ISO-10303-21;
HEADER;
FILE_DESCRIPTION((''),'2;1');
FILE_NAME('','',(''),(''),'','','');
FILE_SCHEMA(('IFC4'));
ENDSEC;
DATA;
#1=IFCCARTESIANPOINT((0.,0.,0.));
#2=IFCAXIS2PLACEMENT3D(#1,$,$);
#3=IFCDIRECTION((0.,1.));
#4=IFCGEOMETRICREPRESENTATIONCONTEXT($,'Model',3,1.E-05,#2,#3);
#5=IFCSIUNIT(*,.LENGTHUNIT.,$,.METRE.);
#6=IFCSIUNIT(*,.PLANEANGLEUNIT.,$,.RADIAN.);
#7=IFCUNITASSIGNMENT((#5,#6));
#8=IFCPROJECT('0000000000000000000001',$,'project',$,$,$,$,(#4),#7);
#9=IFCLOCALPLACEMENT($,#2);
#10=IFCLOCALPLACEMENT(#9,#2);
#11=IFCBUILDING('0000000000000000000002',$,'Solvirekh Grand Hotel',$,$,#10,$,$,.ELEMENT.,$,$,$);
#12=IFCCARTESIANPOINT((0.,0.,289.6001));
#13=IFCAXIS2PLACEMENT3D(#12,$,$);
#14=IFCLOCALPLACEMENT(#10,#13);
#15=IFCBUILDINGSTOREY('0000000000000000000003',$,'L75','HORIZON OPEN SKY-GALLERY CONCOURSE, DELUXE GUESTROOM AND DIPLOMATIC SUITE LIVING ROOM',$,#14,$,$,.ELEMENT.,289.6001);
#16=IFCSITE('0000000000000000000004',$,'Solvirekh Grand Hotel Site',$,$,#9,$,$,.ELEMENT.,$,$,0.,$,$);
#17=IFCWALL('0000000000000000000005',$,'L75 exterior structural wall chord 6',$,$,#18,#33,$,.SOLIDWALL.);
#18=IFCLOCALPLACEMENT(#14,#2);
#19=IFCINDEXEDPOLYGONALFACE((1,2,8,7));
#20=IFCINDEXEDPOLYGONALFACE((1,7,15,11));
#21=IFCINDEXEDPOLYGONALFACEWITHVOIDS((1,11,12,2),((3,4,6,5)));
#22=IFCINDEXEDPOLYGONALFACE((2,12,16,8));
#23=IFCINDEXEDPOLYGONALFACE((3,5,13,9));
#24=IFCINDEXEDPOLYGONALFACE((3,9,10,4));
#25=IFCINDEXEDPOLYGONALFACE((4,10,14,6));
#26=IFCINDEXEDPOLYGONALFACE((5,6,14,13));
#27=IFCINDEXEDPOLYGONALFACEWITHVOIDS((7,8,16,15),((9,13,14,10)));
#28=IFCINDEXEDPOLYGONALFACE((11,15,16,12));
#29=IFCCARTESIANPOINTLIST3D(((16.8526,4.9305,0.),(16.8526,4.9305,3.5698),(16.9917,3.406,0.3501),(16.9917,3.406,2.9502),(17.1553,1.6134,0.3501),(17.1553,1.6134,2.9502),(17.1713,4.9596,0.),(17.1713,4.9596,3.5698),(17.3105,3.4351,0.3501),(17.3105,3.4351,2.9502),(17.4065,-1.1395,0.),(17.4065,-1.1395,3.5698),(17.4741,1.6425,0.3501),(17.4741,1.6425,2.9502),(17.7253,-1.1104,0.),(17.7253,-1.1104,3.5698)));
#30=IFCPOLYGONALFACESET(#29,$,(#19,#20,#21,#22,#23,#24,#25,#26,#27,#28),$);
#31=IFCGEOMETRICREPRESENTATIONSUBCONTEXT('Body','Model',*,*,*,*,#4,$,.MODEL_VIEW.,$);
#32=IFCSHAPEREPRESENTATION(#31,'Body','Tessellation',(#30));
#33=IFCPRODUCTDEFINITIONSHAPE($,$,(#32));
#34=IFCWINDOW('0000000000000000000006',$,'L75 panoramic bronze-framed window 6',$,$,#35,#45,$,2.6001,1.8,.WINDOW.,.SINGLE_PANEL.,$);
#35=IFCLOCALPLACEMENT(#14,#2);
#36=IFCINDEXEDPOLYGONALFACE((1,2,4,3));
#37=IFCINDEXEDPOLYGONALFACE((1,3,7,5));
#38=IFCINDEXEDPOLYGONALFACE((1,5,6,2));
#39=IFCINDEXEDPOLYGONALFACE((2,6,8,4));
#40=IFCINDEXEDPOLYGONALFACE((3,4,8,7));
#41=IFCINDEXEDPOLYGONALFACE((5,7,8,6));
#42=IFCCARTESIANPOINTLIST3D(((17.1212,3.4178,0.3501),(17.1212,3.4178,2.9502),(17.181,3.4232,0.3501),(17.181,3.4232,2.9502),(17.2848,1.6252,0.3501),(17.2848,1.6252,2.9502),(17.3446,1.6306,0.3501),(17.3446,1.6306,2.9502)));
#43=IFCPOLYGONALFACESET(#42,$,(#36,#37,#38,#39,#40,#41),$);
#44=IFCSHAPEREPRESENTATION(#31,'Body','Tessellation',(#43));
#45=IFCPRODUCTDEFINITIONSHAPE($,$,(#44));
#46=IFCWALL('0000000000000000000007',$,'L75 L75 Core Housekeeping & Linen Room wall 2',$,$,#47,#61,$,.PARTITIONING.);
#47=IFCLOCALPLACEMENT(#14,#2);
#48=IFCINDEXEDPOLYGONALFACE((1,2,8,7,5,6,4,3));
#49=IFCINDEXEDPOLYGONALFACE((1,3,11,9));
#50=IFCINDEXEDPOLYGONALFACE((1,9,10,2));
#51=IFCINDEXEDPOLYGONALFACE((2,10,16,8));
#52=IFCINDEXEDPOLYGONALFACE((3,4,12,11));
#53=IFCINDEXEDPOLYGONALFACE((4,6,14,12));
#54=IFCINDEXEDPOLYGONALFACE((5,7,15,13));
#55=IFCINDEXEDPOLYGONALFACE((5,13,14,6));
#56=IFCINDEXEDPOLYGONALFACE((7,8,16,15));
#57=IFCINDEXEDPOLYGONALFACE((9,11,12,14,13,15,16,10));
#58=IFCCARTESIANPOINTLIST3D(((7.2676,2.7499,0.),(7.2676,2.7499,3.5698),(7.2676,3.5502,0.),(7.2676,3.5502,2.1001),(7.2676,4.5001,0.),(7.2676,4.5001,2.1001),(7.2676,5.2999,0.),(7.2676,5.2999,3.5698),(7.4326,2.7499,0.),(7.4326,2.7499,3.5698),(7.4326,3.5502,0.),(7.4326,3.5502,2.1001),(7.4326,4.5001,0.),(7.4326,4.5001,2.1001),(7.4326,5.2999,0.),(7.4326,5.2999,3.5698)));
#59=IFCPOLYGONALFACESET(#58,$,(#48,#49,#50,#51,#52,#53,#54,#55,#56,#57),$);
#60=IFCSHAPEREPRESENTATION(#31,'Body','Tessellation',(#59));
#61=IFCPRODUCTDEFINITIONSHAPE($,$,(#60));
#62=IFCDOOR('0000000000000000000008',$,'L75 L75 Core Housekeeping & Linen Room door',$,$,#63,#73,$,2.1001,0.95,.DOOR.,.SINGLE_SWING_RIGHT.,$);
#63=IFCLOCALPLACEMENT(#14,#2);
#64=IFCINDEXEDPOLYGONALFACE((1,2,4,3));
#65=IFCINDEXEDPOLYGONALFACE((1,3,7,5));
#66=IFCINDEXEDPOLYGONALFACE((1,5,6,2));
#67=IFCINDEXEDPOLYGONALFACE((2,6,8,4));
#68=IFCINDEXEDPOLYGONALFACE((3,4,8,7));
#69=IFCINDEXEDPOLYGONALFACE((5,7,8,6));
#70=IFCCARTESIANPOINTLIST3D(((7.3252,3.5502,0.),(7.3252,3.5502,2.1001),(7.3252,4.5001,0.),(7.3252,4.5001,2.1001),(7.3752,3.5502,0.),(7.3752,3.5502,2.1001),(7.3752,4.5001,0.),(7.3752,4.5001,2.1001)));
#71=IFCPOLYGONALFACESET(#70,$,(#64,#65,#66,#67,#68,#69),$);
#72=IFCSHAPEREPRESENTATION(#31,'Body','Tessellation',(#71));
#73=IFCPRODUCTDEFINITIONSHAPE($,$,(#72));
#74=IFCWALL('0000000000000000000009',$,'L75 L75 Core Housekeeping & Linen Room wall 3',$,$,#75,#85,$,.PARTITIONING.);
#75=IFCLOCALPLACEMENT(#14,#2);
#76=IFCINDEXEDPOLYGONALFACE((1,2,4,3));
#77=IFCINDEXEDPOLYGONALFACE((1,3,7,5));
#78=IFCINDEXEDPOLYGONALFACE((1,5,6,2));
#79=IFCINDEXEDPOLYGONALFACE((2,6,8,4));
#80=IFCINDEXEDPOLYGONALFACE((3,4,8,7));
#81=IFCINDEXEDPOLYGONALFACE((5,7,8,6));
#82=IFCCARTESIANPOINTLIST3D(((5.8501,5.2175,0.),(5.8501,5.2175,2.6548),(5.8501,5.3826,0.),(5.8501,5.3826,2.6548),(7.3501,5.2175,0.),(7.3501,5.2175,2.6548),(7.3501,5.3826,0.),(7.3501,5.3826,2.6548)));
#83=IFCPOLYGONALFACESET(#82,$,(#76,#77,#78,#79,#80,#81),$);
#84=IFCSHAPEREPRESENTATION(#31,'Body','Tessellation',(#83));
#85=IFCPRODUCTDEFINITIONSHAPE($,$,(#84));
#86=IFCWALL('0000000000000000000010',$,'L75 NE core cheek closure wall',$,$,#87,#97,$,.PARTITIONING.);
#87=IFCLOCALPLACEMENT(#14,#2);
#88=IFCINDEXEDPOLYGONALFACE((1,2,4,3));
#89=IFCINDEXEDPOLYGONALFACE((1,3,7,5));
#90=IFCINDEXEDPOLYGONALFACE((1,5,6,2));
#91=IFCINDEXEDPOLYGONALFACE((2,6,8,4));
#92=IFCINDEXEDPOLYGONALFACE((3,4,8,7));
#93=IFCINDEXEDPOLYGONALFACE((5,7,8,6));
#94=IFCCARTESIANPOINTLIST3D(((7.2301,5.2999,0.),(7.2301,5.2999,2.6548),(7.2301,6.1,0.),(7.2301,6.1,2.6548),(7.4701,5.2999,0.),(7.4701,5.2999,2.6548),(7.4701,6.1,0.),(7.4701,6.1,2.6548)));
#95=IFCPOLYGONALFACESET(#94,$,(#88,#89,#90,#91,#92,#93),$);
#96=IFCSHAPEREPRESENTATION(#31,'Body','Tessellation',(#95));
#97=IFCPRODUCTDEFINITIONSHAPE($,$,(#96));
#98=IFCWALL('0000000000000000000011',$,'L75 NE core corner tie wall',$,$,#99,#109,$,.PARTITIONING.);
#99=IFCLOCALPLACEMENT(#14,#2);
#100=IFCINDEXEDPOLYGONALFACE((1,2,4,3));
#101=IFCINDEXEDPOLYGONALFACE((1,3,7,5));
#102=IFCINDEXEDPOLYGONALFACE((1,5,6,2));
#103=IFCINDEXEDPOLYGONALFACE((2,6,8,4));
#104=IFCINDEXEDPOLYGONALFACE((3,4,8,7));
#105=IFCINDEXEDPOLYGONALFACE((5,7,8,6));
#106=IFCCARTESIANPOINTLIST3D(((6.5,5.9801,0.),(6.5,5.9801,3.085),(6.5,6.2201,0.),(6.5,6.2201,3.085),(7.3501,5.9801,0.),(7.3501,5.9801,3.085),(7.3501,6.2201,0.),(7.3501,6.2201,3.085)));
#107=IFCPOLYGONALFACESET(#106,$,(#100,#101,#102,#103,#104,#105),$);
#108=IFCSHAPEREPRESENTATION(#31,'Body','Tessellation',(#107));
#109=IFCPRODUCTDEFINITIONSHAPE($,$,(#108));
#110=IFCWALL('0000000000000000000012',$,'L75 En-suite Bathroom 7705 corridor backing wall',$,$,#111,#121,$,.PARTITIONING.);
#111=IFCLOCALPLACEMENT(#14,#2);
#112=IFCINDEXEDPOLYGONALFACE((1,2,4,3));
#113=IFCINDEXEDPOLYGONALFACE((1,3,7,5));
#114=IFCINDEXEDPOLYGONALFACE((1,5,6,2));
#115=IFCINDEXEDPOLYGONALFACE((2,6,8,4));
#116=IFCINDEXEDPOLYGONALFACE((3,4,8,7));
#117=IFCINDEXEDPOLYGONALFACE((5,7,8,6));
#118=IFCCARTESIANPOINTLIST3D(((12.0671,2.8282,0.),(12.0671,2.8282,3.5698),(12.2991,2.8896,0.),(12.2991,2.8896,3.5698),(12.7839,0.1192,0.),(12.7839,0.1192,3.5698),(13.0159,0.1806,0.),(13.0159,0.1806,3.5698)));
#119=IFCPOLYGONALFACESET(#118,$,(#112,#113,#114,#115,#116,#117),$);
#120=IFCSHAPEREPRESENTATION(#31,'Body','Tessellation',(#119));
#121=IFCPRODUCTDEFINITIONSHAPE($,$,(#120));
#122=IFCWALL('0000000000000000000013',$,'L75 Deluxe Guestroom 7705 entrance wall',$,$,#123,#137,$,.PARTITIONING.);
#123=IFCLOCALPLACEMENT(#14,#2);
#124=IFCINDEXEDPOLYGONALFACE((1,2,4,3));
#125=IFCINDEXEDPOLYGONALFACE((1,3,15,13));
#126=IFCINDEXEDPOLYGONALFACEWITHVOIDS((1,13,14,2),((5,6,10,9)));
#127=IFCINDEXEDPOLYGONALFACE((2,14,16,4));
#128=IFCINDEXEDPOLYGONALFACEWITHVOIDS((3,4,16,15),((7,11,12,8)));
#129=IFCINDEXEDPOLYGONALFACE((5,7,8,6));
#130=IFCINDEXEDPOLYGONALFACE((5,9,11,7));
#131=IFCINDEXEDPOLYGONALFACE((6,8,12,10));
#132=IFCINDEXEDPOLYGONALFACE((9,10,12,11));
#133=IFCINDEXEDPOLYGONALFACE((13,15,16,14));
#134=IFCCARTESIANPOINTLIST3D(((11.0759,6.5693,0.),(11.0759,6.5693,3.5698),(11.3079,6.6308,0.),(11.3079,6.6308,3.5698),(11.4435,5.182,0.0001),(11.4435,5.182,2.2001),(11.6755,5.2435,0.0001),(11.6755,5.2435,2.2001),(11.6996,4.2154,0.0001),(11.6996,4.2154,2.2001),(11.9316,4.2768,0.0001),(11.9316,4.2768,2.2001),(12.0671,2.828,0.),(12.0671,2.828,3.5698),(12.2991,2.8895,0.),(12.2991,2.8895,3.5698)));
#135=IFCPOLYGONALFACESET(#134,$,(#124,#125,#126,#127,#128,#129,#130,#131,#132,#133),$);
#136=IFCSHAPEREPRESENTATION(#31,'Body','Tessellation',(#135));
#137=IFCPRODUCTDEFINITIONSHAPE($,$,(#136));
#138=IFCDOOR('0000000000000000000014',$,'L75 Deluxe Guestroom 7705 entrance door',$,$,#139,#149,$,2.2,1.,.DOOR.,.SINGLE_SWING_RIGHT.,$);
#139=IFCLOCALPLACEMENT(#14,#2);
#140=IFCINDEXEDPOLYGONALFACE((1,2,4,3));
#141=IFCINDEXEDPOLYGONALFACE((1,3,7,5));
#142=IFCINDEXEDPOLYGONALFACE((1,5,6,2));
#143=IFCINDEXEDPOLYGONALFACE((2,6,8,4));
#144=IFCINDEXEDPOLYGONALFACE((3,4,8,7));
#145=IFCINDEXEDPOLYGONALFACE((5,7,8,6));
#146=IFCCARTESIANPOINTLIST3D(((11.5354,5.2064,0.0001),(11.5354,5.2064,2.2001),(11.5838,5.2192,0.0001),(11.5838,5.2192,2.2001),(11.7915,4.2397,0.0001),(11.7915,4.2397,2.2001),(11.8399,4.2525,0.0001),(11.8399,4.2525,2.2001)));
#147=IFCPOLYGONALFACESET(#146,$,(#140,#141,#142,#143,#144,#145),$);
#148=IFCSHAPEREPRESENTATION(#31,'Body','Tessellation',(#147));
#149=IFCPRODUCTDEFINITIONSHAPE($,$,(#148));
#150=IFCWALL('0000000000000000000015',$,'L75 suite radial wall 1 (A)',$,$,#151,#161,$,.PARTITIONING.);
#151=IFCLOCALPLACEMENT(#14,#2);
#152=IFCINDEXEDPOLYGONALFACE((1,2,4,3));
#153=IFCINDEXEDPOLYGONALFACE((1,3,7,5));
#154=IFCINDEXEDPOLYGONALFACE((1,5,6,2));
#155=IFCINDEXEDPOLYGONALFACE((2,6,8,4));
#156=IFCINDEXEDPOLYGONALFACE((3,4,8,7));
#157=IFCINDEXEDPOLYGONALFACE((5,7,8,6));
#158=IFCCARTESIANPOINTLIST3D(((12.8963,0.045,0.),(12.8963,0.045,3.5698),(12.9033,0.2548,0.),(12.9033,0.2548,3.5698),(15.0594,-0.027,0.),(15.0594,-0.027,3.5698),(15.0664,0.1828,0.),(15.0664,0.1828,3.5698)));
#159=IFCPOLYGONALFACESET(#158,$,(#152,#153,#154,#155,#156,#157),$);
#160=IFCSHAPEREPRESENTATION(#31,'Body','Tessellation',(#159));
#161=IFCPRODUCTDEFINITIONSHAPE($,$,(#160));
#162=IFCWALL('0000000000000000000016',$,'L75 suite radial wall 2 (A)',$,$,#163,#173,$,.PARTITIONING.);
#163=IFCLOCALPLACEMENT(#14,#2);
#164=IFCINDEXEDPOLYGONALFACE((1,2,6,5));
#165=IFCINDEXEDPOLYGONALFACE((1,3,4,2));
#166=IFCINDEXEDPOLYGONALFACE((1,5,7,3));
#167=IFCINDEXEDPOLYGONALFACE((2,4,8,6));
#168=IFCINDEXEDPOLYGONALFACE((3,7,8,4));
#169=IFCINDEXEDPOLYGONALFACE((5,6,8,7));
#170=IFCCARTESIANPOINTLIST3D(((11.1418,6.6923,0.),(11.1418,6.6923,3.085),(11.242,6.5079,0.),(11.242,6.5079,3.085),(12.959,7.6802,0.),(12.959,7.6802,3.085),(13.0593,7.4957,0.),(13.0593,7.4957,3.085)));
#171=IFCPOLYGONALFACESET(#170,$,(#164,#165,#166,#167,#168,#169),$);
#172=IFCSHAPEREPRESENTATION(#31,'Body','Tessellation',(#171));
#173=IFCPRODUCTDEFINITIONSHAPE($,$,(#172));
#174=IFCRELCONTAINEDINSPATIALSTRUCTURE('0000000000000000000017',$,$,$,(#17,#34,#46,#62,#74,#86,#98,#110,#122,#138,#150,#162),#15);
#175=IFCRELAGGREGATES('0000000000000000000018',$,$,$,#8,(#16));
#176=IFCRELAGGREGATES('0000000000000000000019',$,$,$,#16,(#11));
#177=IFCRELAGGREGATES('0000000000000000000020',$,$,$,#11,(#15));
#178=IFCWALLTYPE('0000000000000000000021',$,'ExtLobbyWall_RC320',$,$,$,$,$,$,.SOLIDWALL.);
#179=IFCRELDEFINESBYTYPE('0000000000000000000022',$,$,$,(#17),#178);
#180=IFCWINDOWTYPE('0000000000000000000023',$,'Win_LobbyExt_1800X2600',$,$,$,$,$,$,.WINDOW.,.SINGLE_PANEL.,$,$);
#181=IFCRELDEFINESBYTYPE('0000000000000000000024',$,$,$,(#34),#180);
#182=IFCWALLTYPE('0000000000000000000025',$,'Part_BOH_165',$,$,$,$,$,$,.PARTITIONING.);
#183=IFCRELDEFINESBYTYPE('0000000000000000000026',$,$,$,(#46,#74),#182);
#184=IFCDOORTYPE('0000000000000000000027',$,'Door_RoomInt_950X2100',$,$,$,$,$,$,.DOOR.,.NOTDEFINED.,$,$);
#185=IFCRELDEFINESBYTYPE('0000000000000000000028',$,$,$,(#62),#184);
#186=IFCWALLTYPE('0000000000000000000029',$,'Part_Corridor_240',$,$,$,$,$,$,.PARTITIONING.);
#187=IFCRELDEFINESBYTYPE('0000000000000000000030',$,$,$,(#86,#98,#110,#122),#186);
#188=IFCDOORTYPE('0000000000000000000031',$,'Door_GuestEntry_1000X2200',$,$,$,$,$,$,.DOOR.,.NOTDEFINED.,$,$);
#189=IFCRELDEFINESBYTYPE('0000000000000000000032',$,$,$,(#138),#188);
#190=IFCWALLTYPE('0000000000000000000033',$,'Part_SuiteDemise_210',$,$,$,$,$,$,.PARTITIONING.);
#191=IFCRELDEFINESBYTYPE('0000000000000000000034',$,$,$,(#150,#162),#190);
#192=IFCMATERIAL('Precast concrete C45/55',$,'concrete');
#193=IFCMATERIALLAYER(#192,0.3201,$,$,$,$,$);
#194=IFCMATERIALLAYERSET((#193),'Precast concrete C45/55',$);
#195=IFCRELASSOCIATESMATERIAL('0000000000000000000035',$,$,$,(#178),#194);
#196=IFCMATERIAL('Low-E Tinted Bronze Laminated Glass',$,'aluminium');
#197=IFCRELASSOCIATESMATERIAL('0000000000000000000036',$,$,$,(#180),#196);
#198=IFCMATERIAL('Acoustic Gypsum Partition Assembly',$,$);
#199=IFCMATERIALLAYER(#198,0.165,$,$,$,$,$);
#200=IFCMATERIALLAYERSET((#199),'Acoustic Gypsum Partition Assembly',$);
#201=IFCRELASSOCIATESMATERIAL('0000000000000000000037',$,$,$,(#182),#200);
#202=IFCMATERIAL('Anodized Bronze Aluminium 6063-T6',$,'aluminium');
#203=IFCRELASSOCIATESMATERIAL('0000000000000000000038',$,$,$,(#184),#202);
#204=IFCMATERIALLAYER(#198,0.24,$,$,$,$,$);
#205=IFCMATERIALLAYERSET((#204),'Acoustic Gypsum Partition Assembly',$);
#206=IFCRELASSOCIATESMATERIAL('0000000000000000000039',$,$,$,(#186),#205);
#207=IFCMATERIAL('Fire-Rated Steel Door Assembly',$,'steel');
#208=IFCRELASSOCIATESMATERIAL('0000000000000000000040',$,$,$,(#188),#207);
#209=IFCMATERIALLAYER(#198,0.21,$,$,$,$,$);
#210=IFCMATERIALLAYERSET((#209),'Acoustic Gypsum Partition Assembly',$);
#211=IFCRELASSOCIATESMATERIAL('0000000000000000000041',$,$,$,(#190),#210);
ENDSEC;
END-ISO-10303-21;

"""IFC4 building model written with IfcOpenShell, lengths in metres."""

from ifc_helpers import new_model, si_unit, direction, frame, frame_2d, origin, place, context, subcontext, project, spatial, rectangle, extrude, material, layer, layer_set, type_object, element, fill, save


model = new_model("IFC4")

# Units and contexts
model_context = context("Model", 3, precision=1e-05, world=origin(), true_north=direction((0.0, 1.0)))
body_context = subcontext(model_context, "Body", "Model", "MODEL_VIEW")
ifc_project = project(units=[si_unit("LENGTHUNIT", "METRE"), si_unit("PLANEANGLEUNIT", "RADIAN")], contexts=[model_context])

# Site, building, storey
site_placement = place(None, origin())
site = spatial("IfcSite", under=ifc_project, at=site_placement, Name="Solvirekh Grand Hotel Site", CompositionType="ELEMENT", RefElevation=0.0)
building_placement = place(site_placement, origin())
building = spatial("IfcBuilding", under=site, at=building_placement, Name="Solvirekh Grand Hotel", CompositionType="ELEMENT")
storey_placement = place(building_placement, frame((0.0, 0.0, 289.6001)))
storey = spatial("IfcBuildingStorey", under=building, at=storey_placement, Name="L75", Description="HORIZON OPEN SKY-GALLERY CONCOURSE, DELUXE GUESTROOM AND DIPLOMATIC SUITE LIVING ROOM", CompositionType="ELEMENT", Elevation=289.6001)

# Wall, opening, window
ifc_material_1 = material(Name="Precast concrete C45/55", Category="concrete")
ifc_layer_1 = layer(ifc_material_1, 0.3201)
ifc_layer_set_1 = layer_set([ifc_layer_1], Name="Precast concrete C45/55")
wall_type_1 = type_object("IfcWallType", Name="ExtLobbyWall_RC320", PredefinedType="SOLIDWALL", material=ifc_layer_set_1)
wall_1_placement = place(storey_placement, frame((17.012, 4.9451, 0.0), z_axis=(0.0, 0.0, 1.0), x_axis=(0.090882, -0.995862, 0.0)))
wall_1 = element("IfcWall", 1, at=wall_1_placement, inside=storey, type_object=wall_type_1, Name="L75 exterior structural wall chord 6", PredefinedType="SOLIDWALL", context=body_context, shape_type="SweptSolid", body=[
    extrude(rectangle(XDim=6.0952, YDim=0.3201, at=frame_2d((3.0476, 0.0))), origin(), (0.0, 0.0, 1.0), 3.5698),
])
opening_1_placement = place(wall_1_placement, frame((1.531, 0.0, 0.3501)))
opening_1 = element("IfcOpeningElement", 2, at=opening_1_placement, cuts=wall_1, PredefinedType="OPENING", context=body_context, shape_type="SweptSolid", body=[
    extrude(rectangle(XDim=1.8, YDim=2.6001, at=frame_2d((0.8999, 1.3))), frame((0.0, 0.1699, 0.0), z_axis=(0.0, -1.0, 0.0), x_axis=(1.0, 0.0, 0.0)), (0.0, 0.0, 1.0), 0.3401),
])
ifc_material_2 = material(Name="Low-E Tinted Bronze Laminated Glass", Category="aluminium")
window_type = type_object("IfcWindowType", Name="Win_LobbyExt_1800X2600", PartitioningType="SINGLE_PANEL", PredefinedType="WINDOW", material=ifc_material_2)
window_placement = place(opening_1_placement, origin())
window = element("IfcWindow", 3, at=window_placement, inside=storey, type_object=window_type, Name="L75 panoramic bronze-framed window 6", OverallHeight=2.6001, OverallWidth=1.8, PartitioningType="SINGLE_PANEL", PredefinedType="WINDOW", context=body_context, shape_type="SweptSolid", body=[
    extrude(rectangle(XDim=1.8, YDim=2.6001, at=frame_2d((0.8999, 1.3))), frame((0.0, 0.03, 0.0), z_axis=(0.0, -1.0, 0.0), x_axis=(1.0, 0.0, 0.0)), (0.0, 0.0, 1.0), 0.0601),
])
fill(opening_1, window)

# Wall, opening, door
ifc_material_3 = material(Name="Acoustic Gypsum Partition Assembly")
ifc_layer_2 = layer(ifc_material_3, 0.165)
ifc_layer_set_2 = layer_set([ifc_layer_2], Name="Acoustic Gypsum Partition Assembly")
wall_type_2 = type_object("IfcWallType", Name="Part_BOH_165", PredefinedType="PARTITIONING", material=ifc_layer_set_2)
wall_2_placement = place(storey_placement, frame((7.3501, 2.75, 0.0), z_axis=(0.0, 0.0, 1.0), x_axis=(0.0, 1.0, 0.0)))
wall_2 = element("IfcWall", 4, at=wall_2_placement, inside=storey, type_object=wall_type_2, Name="L75 L75 Core Housekeeping & Linen Room wall 2", PredefinedType="PARTITIONING", context=body_context, shape_type="SweptSolid", body=[
    extrude(rectangle(XDim=2.55, YDim=0.165, at=frame_2d((1.2749, 0.0))), origin(), (0.0, 0.0, 1.0), 3.5698),
])
opening_2_placement = place(wall_2_placement, frame((0.8, 0.0, 0.0)))
opening_2 = element("IfcOpeningElement", 5, at=opening_2_placement, cuts=wall_2, PredefinedType="OPENING", context=body_context, shape_type="SweptSolid", body=[
    extrude(rectangle(XDim=0.95, YDim=2.1001, at=frame_2d((0.4751, 1.05))), frame((0.0, 0.0925, 0.0), z_axis=(0.0, -1.0, 0.0), x_axis=(1.0, 0.0, 0.0)), (0.0, 0.0, 1.0), 0.1851),
])
ifc_material_4 = material(Name="Anodized Bronze Aluminium 6063-T6", Category="aluminium")
door_type_1 = type_object("IfcDoorType", Name="Door_RoomInt_950X2100", OperationType="NOTDEFINED", PredefinedType="DOOR", material=ifc_material_4)
door_1_placement = place(opening_2_placement, origin())
door_1 = element("IfcDoor", 6, at=door_1_placement, inside=storey, type_object=door_type_1, Name="L75 L75 Core Housekeeping & Linen Room door", OperationType="SINGLE_SWING_RIGHT", OverallHeight=2.1001, OverallWidth=0.95, PredefinedType="DOOR", context=body_context, shape_type="SweptSolid", body=[
    extrude(rectangle(XDim=0.95, YDim=2.1001, at=frame_2d((0.4751, 1.05))), frame((0.0, 0.0249, 0.0), z_axis=(0.0, -1.0, 0.0), x_axis=(1.0, 0.0, 0.0)), (0.0, 0.0, 1.0), 0.05),
])
fill(opening_2, door_1)

# Walls
wall_3_placement = place(storey_placement, frame((7.3501, 5.3, 0.0), z_axis=(0.0, 0.0, 1.0), x_axis=(-1.0, 0.0, 0.0)))
element("IfcWall", 7, at=wall_3_placement, inside=storey, type_object=wall_type_2, Name="L75 L75 Core Housekeeping & Linen Room wall 3", PredefinedType="PARTITIONING", context=body_context, shape_type="SweptSolid", body=[
    extrude(rectangle(XDim=1.5, YDim=0.165, at=frame_2d((0.75, 0.0))), origin(), (0.0, 0.0, 1.0), 2.6548),
])
ifc_layer_3 = layer(ifc_material_3, 0.24)
ifc_layer_set_3 = layer_set([ifc_layer_3], Name="Acoustic Gypsum Partition Assembly")
wall_type_3 = type_object("IfcWallType", Name="Part_Corridor_240", PredefinedType="PARTITIONING", material=ifc_layer_set_3)
wall_4_placement = place(storey_placement, frame((7.3501, 5.3, 0.0), z_axis=(0.0, 0.0, 1.0), x_axis=(0.0, 1.0, 0.0)))
element("IfcWall", 8, at=wall_4_placement, inside=storey, type_object=wall_type_3, Name="L75 NE core cheek closure wall", PredefinedType="PARTITIONING", context=body_context, shape_type="SweptSolid", body=[
    extrude(rectangle(XDim=0.8, YDim=0.24, at=frame_2d((0.3999, 0.0))), origin(), (0.0, 0.0, 1.0), 2.6548),
])
wall_5_placement = place(storey_placement, frame((6.5, 6.1001, 0.0), z_axis=(0.0, 0.0, 1.0), x_axis=(1.0, 0.0, 0.0)))
element("IfcWall", 9, at=wall_5_placement, inside=storey, type_object=wall_type_3, Name="L75 NE core corner tie wall", PredefinedType="PARTITIONING", context=body_context, shape_type="SweptSolid", body=[
    extrude(rectangle(XDim=0.8501, YDim=0.24, at=frame_2d((0.425, 0.0))), origin(), (0.0, 0.0, 1.0), 3.085),
])
wall_6_placement = place(storey_placement, frame((12.8999, 0.1499, 0.0), z_axis=(0.0, 0.0, 1.0), x_axis=(-0.255797, 0.966731, 0.0)))
element("IfcWall", 10, at=wall_6_placement, inside=storey, type_object=wall_type_3, Name="L75 En-suite Bathroom 7705 corridor backing wall", PredefinedType="PARTITIONING", context=body_context, shape_type="SweptSolid", body=[
    extrude(rectangle(XDim=2.8022, YDim=0.24, at=frame_2d((1.4011, 0.0))), origin(), (0.0, 0.0, 1.0), 3.5698),
])

# Wall, opening, door
wall_7_placement = place(storey_placement, frame((12.1831, 2.8589, 0.0), z_axis=(0.0, 0.0, 1.0), x_axis=(-0.256108, 0.966648, 0.0)))
wall_7 = element("IfcWall", 11, at=wall_7_placement, inside=storey, type_object=wall_type_3, Name="L75 Deluxe Guestroom 7705 entrance wall", PredefinedType="PARTITIONING", context=body_context, shape_type="SweptSolid", body=[
    extrude(rectangle(XDim=3.8704, YDim=0.24, at=frame_2d((1.9351, 0.0))), origin(), (0.0, 0.0, 1.0), 3.5698),
])
opening_3_placement = place(wall_7_placement, frame((1.4351, 0.0, 0.0)))
opening_3 = element("IfcOpeningElement", 12, at=opening_3_placement, cuts=wall_7, PredefinedType="OPENING", context=body_context, shape_type="SweptSolid", body=[
    extrude(rectangle(XDim=1.0, YDim=2.2, at=frame_2d((0.5, 1.1001))), frame((0.0, 0.1299, 0.0), z_axis=(0.0, -1.0, 0.0), x_axis=(1.0, 0.0, 0.0)), (0.0, 0.0, 1.0), 0.26),
])
ifc_material_5 = material(Name="Fire-Rated Steel Door Assembly", Category="steel")
door_type_2 = type_object("IfcDoorType", Name="Door_GuestEntry_1000X2200", OperationType="NOTDEFINED", PredefinedType="DOOR", material=ifc_material_5)
door_2_placement = place(opening_3_placement, origin())
door_2 = element("IfcDoor", 13, at=door_2_placement, inside=storey, type_object=door_type_2, Name="L75 Deluxe Guestroom 7705 entrance door", OperationType="SINGLE_SWING_RIGHT", OverallHeight=2.2, OverallWidth=1.0, PredefinedType="DOOR", context=body_context, shape_type="SweptSolid", body=[
    extrude(rectangle(XDim=1.0, YDim=2.2, at=frame_2d((0.5, 1.1001))), frame((0.0, 0.0249, 0.0), z_axis=(0.0, -1.0, 0.0), x_axis=(1.0, 0.0, 0.0)), (0.0, 0.0, 1.0), 0.05),
])
fill(opening_3, door_2)

# Walls
ifc_layer_4 = layer(ifc_material_3, 0.21)
ifc_layer_set_4 = layer_set([ifc_layer_4], Name="Acoustic Gypsum Partition Assembly")
wall_type_4 = type_object("IfcWallType", Name="Part_SuiteDemise_210", PredefinedType="PARTITIONING", material=ifc_layer_set_4)
wall_8_placement = place(storey_placement, frame((12.8999, 0.1499, 0.0), z_axis=(0.0, 0.0, 1.0), x_axis=(0.999446, -0.033277, 0.0)))
element("IfcWall", 14, at=wall_8_placement, inside=storey, type_object=wall_type_4, Name="L75 suite radial wall 1 (A)", PredefinedType="PARTITIONING", context=body_context, shape_type="SweptSolid", body=[
    extrude(rectangle(XDim=2.1643, YDim=0.21, at=frame_2d((1.082, 0.0))), origin(), (0.0, 0.0, 1.0), 3.5698),
])
wall_9_placement = place(storey_placement, frame((11.1919, 6.6001, 0.0), z_axis=(0.0, 0.0, 1.0), x_axis=(0.87858, 0.477595, 0.0)))
element("IfcWall", 15, at=wall_9_placement, inside=storey, type_object=wall_type_4, Name="L75 suite radial wall 2 (A)", PredefinedType="PARTITIONING", context=body_context, shape_type="SweptSolid", body=[
    extrude(rectangle(XDim=2.0684, YDim=0.21, at=frame_2d((1.0342, 0.0))), origin(), (0.0, 0.0, 1.0), 3.085),
])

save(model, "model.ifc")
